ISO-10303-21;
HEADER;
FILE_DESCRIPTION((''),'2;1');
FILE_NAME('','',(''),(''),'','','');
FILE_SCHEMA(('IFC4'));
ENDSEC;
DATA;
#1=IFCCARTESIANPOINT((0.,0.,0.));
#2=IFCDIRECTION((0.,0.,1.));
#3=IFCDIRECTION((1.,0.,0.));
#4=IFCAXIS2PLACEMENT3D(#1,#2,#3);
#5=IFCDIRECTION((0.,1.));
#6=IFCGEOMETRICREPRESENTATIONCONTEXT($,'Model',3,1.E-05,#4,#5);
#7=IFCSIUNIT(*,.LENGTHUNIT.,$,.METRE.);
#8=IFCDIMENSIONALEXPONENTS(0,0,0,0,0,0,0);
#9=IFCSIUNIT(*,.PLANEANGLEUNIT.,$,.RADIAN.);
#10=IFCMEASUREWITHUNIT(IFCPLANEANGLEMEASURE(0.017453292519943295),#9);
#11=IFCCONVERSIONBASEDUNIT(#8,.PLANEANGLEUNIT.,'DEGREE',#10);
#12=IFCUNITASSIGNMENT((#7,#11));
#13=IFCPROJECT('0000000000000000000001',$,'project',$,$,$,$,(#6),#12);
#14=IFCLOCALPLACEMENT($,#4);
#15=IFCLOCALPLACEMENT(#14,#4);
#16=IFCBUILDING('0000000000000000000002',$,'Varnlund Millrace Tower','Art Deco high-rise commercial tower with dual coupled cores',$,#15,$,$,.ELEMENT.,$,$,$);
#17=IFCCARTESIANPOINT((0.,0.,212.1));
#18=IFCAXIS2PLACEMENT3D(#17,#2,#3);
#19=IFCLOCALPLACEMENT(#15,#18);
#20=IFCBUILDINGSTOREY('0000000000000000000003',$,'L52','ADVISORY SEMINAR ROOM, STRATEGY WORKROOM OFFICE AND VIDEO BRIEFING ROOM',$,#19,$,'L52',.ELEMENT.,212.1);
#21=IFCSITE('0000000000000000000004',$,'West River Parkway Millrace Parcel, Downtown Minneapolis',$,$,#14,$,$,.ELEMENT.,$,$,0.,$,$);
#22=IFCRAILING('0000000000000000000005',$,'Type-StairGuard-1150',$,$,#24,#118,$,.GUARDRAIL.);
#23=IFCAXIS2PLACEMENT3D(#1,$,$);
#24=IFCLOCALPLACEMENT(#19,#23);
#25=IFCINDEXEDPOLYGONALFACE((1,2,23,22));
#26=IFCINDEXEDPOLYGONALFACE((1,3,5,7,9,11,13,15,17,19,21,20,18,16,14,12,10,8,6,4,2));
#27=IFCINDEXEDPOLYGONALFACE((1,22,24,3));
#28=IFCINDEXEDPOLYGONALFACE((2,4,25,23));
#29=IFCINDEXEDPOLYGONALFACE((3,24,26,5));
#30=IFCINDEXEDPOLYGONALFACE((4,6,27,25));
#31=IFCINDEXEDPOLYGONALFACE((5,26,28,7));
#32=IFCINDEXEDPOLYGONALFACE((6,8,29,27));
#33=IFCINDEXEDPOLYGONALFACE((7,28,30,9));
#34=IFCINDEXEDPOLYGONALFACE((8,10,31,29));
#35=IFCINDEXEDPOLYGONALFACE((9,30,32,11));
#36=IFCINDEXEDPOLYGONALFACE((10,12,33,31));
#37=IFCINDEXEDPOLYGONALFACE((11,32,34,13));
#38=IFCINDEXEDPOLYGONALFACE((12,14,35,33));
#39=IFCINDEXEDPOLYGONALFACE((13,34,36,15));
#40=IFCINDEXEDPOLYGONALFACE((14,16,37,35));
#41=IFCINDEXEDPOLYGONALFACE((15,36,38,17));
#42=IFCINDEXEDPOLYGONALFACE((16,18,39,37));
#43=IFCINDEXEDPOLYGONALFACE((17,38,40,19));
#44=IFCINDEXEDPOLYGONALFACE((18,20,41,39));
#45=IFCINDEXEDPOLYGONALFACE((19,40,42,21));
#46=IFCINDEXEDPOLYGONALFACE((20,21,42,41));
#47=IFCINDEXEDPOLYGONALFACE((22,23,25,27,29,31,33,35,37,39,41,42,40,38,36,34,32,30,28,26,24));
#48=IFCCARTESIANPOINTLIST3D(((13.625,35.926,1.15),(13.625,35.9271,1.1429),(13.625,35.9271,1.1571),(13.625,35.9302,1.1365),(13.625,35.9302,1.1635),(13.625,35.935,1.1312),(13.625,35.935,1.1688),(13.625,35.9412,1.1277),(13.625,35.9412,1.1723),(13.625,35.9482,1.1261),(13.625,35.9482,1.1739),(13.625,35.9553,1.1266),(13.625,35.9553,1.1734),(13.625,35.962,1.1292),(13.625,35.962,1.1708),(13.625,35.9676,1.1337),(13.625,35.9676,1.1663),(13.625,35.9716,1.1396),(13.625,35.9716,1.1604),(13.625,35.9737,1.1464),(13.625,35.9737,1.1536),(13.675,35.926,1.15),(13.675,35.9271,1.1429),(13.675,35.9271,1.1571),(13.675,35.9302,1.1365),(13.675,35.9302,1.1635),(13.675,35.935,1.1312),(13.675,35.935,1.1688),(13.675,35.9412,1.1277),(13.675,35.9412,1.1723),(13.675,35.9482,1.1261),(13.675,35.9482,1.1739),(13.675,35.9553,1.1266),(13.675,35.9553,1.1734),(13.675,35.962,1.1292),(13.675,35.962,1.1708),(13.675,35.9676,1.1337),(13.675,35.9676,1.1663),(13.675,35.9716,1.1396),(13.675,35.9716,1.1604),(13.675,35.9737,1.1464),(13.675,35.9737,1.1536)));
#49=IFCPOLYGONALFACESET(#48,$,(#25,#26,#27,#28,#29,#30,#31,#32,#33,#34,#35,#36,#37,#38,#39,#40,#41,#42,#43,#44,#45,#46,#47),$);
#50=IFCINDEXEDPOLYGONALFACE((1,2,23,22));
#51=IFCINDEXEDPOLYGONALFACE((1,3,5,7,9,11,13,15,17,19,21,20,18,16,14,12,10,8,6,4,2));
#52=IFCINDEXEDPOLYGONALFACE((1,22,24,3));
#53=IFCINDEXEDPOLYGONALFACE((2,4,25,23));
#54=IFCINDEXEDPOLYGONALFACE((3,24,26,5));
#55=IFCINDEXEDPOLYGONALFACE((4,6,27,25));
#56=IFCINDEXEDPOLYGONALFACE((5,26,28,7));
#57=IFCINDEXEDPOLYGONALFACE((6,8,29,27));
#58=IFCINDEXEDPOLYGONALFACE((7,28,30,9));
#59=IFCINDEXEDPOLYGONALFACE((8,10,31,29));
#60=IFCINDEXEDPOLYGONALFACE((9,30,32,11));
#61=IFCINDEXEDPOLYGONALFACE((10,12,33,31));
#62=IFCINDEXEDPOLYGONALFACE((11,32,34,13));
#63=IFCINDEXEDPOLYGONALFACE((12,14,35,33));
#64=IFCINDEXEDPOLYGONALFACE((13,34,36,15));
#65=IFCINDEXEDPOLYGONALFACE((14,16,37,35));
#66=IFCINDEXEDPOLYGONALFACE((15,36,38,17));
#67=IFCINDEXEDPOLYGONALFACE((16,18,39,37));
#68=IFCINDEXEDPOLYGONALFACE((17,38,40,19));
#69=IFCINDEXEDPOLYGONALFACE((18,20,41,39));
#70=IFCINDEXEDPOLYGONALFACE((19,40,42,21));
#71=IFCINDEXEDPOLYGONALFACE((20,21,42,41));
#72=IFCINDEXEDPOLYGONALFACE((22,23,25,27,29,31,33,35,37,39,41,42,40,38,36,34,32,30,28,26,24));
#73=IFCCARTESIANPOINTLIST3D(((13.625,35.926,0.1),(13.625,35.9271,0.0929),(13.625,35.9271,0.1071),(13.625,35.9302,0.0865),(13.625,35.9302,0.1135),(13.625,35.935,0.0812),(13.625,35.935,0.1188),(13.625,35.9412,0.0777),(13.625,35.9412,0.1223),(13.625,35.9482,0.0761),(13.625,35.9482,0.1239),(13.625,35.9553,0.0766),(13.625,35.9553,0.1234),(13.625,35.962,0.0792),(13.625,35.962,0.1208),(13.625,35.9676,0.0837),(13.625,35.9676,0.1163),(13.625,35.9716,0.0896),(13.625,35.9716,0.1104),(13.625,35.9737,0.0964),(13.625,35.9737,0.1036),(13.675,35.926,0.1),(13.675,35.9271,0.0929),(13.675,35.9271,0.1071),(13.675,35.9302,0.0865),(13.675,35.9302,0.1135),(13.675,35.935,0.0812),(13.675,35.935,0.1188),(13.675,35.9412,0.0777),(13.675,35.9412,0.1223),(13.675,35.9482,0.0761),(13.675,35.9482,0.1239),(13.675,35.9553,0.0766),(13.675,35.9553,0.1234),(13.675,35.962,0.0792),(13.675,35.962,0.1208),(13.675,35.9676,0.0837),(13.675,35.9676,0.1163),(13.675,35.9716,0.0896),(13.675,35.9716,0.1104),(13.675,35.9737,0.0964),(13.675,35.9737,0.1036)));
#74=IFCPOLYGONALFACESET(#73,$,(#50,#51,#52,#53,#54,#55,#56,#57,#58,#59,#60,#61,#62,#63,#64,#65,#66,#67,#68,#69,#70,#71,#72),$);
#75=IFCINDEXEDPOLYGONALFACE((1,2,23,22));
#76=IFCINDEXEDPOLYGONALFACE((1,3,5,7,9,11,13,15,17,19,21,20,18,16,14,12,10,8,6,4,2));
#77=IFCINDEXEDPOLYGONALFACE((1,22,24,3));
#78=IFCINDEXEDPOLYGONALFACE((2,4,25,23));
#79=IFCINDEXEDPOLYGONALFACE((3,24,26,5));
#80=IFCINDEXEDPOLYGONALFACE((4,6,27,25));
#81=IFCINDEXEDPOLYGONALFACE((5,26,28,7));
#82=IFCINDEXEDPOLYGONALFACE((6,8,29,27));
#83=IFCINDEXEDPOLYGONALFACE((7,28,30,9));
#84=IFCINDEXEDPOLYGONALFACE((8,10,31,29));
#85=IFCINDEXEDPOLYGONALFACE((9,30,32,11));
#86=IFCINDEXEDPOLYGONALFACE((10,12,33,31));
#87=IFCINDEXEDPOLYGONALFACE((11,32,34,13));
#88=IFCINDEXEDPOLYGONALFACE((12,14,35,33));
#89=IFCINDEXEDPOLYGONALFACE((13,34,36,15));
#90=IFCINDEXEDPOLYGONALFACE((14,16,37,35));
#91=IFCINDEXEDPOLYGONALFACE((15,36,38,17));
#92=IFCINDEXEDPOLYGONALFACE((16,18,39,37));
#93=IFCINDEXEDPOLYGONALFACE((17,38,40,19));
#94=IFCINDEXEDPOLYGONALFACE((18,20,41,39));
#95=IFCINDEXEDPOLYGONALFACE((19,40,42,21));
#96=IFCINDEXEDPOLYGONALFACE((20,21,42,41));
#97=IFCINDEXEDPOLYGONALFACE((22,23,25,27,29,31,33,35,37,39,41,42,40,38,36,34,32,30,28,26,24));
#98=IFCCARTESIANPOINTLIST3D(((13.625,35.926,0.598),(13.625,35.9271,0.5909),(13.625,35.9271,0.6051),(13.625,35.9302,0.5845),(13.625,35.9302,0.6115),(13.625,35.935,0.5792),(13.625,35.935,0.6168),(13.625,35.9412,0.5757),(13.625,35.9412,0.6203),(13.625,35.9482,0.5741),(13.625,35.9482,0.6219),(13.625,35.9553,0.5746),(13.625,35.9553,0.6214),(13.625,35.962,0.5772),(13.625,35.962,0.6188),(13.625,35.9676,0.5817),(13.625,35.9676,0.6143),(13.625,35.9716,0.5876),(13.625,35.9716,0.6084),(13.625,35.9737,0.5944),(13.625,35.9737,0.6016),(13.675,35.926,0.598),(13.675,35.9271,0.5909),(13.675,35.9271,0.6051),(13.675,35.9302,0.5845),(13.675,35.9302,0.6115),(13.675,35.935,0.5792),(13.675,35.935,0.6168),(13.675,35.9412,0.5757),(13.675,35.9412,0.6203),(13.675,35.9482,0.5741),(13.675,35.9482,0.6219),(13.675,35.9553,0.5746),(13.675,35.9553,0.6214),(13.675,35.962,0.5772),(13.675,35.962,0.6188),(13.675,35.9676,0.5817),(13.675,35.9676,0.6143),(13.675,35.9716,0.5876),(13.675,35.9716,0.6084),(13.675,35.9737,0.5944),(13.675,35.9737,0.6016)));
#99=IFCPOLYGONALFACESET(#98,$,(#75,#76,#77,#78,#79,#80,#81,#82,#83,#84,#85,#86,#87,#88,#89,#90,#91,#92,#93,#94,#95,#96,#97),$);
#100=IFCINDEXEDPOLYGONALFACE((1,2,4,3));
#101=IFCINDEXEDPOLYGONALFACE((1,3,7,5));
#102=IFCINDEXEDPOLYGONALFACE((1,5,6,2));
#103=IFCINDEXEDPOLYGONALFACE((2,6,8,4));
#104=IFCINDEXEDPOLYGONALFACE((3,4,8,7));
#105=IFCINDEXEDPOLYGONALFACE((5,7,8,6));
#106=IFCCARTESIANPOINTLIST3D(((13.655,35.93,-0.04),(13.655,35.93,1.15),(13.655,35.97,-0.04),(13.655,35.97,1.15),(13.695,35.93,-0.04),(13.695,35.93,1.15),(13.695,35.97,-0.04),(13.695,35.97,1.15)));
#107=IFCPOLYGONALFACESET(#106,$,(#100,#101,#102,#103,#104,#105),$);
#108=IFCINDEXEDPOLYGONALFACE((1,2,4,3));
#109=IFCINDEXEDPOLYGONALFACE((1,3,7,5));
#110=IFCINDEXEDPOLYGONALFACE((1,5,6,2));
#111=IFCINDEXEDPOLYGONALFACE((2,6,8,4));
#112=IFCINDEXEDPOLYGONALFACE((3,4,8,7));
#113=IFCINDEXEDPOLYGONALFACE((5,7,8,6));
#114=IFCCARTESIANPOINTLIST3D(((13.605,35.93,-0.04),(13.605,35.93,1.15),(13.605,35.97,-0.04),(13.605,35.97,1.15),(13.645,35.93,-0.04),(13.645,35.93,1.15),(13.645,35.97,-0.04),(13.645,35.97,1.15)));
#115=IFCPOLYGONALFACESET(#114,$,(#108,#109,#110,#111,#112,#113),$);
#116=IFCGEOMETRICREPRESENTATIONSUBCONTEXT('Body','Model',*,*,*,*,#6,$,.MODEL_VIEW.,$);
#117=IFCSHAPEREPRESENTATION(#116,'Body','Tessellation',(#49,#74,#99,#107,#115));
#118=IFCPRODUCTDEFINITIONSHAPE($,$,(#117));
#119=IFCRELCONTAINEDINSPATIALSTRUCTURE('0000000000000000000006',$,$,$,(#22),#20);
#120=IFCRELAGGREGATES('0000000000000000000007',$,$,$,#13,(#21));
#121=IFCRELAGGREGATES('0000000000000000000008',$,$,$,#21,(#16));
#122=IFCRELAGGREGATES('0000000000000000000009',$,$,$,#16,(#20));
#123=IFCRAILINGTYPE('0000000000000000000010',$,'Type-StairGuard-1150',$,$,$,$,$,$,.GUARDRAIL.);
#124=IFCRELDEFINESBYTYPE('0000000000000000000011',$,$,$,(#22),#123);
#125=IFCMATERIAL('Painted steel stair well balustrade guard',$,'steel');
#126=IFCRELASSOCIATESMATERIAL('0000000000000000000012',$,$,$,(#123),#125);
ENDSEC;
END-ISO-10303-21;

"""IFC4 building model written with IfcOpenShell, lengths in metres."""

from ifc_helpers import new_model, entity, si_unit, converted_unit, direction, frame, origin_with_axes, origin_2d_with_axis, place, context, subcontext, project, spatial, rectangle, circle, extrude, material, type_object, element, save


model = new_model("IFC4")

# Units and contexts
model_context = context("Model", 3, precision=1e-05, world=origin_with_axes(), true_north=direction((0.0, 1.0)))
body_context = subcontext(model_context, "Body", "Model", "MODEL_VIEW")
ifc_project = project(units=[si_unit("LENGTHUNIT", "METRE"), converted_unit("PLANEANGLEUNIT", "DEGREE", entity("IfcPlaneAngleMeasure", 0.017453292519943295), si_unit("PLANEANGLEUNIT", "RADIAN"), dimensions=[0, 0, 0, 0, 0, 0, 0])], contexts=[model_context])

# Site, building, storey
site_placement = place(None, origin_with_axes())
site = spatial("IfcSite", under=ifc_project, at=site_placement, Name="West River Parkway Millrace Parcel, Downtown Minneapolis", CompositionType="ELEMENT", RefElevation=0.0)
building_placement = place(site_placement, origin_with_axes())
building = spatial("IfcBuilding", under=site, at=building_placement, Name="Varnlund Millrace Tower", Description="Art Deco high-rise commercial tower with dual coupled cores", CompositionType="ELEMENT")
storey_placement = place(building_placement, frame((0.0, 0.0, 212.1), z_axis=(0.0, 0.0, 1.0), x_axis=(1.0, 0.0, 0.0)))
storey = spatial("IfcBuildingStorey", under=building, at=storey_placement, Name="L52", Description="ADVISORY SEMINAR ROOM, STRATEGY WORKROOM OFFICE AND VIDEO BRIEFING ROOM", LongName="L52", CompositionType="ELEMENT", Elevation=212.1)

# Railing
ifc_material_1 = material(Name="Painted steel stair well balustrade guard", Category="steel")
railing_type_1 = type_object("IfcRailingType", Name="Type-StairGuard-1150", PredefinedType="GUARDRAIL", material=ifc_material_1)
railing_1_placement = place(storey_placement, frame((0.0, 0.0, -212.1), z_axis=(0.0, 0.0, 1.0), x_axis=(1.0, 0.0, 0.0)))
element("IfcRailing", 1, at=railing_1_placement, inside=storey, type_object=railing_type_1, Name="Type-StairGuard-1150", PredefinedType="GUARDRAIL", context=body_context, shape_type="SweptSolid", body=[
    extrude(circle(Radius=0.024, at=origin_2d_with_axis()), frame((13.675, 35.95, 213.25), z_axis=(-1.0, 0.0, 0.0), x_axis=(0.0, -1.0, 0.0)), (0.0, 0.0, 1.0), 0.05),
    extrude(circle(Radius=0.024, at=origin_2d_with_axis()), frame((13.675, 35.95, 212.2), z_axis=(-1.0, 0.0, 0.0), x_axis=(0.0, -1.0, 0.0)), (0.0, 0.0, 1.0), 0.05),
    extrude(circle(Radius=0.024, at=origin_2d_with_axis()), frame((13.675, 35.95, 212.698), z_axis=(-1.0, 0.0, 0.0), x_axis=(0.0, -1.0, 0.0)), (0.0, 0.0, 1.0), 0.05),
    extrude(rectangle(XDim=0.04, YDim=0.04, at=origin_2d_with_axis()), frame((13.675, 35.95, 212.06), z_axis=(0.0, 0.0, 1.0), x_axis=(1.0, 0.0, 0.0)), (0.0, 0.0, 1.0), 1.19),
    extrude(rectangle(XDim=0.04, YDim=0.04, at=origin_2d_with_axis()), frame((13.625, 35.95, 212.06), z_axis=(0.0, 0.0, 1.0), x_axis=(1.0, 0.0, 0.0)), (0.0, 0.0, 1.0), 1.19),
])

save(model, "model.ifc")
